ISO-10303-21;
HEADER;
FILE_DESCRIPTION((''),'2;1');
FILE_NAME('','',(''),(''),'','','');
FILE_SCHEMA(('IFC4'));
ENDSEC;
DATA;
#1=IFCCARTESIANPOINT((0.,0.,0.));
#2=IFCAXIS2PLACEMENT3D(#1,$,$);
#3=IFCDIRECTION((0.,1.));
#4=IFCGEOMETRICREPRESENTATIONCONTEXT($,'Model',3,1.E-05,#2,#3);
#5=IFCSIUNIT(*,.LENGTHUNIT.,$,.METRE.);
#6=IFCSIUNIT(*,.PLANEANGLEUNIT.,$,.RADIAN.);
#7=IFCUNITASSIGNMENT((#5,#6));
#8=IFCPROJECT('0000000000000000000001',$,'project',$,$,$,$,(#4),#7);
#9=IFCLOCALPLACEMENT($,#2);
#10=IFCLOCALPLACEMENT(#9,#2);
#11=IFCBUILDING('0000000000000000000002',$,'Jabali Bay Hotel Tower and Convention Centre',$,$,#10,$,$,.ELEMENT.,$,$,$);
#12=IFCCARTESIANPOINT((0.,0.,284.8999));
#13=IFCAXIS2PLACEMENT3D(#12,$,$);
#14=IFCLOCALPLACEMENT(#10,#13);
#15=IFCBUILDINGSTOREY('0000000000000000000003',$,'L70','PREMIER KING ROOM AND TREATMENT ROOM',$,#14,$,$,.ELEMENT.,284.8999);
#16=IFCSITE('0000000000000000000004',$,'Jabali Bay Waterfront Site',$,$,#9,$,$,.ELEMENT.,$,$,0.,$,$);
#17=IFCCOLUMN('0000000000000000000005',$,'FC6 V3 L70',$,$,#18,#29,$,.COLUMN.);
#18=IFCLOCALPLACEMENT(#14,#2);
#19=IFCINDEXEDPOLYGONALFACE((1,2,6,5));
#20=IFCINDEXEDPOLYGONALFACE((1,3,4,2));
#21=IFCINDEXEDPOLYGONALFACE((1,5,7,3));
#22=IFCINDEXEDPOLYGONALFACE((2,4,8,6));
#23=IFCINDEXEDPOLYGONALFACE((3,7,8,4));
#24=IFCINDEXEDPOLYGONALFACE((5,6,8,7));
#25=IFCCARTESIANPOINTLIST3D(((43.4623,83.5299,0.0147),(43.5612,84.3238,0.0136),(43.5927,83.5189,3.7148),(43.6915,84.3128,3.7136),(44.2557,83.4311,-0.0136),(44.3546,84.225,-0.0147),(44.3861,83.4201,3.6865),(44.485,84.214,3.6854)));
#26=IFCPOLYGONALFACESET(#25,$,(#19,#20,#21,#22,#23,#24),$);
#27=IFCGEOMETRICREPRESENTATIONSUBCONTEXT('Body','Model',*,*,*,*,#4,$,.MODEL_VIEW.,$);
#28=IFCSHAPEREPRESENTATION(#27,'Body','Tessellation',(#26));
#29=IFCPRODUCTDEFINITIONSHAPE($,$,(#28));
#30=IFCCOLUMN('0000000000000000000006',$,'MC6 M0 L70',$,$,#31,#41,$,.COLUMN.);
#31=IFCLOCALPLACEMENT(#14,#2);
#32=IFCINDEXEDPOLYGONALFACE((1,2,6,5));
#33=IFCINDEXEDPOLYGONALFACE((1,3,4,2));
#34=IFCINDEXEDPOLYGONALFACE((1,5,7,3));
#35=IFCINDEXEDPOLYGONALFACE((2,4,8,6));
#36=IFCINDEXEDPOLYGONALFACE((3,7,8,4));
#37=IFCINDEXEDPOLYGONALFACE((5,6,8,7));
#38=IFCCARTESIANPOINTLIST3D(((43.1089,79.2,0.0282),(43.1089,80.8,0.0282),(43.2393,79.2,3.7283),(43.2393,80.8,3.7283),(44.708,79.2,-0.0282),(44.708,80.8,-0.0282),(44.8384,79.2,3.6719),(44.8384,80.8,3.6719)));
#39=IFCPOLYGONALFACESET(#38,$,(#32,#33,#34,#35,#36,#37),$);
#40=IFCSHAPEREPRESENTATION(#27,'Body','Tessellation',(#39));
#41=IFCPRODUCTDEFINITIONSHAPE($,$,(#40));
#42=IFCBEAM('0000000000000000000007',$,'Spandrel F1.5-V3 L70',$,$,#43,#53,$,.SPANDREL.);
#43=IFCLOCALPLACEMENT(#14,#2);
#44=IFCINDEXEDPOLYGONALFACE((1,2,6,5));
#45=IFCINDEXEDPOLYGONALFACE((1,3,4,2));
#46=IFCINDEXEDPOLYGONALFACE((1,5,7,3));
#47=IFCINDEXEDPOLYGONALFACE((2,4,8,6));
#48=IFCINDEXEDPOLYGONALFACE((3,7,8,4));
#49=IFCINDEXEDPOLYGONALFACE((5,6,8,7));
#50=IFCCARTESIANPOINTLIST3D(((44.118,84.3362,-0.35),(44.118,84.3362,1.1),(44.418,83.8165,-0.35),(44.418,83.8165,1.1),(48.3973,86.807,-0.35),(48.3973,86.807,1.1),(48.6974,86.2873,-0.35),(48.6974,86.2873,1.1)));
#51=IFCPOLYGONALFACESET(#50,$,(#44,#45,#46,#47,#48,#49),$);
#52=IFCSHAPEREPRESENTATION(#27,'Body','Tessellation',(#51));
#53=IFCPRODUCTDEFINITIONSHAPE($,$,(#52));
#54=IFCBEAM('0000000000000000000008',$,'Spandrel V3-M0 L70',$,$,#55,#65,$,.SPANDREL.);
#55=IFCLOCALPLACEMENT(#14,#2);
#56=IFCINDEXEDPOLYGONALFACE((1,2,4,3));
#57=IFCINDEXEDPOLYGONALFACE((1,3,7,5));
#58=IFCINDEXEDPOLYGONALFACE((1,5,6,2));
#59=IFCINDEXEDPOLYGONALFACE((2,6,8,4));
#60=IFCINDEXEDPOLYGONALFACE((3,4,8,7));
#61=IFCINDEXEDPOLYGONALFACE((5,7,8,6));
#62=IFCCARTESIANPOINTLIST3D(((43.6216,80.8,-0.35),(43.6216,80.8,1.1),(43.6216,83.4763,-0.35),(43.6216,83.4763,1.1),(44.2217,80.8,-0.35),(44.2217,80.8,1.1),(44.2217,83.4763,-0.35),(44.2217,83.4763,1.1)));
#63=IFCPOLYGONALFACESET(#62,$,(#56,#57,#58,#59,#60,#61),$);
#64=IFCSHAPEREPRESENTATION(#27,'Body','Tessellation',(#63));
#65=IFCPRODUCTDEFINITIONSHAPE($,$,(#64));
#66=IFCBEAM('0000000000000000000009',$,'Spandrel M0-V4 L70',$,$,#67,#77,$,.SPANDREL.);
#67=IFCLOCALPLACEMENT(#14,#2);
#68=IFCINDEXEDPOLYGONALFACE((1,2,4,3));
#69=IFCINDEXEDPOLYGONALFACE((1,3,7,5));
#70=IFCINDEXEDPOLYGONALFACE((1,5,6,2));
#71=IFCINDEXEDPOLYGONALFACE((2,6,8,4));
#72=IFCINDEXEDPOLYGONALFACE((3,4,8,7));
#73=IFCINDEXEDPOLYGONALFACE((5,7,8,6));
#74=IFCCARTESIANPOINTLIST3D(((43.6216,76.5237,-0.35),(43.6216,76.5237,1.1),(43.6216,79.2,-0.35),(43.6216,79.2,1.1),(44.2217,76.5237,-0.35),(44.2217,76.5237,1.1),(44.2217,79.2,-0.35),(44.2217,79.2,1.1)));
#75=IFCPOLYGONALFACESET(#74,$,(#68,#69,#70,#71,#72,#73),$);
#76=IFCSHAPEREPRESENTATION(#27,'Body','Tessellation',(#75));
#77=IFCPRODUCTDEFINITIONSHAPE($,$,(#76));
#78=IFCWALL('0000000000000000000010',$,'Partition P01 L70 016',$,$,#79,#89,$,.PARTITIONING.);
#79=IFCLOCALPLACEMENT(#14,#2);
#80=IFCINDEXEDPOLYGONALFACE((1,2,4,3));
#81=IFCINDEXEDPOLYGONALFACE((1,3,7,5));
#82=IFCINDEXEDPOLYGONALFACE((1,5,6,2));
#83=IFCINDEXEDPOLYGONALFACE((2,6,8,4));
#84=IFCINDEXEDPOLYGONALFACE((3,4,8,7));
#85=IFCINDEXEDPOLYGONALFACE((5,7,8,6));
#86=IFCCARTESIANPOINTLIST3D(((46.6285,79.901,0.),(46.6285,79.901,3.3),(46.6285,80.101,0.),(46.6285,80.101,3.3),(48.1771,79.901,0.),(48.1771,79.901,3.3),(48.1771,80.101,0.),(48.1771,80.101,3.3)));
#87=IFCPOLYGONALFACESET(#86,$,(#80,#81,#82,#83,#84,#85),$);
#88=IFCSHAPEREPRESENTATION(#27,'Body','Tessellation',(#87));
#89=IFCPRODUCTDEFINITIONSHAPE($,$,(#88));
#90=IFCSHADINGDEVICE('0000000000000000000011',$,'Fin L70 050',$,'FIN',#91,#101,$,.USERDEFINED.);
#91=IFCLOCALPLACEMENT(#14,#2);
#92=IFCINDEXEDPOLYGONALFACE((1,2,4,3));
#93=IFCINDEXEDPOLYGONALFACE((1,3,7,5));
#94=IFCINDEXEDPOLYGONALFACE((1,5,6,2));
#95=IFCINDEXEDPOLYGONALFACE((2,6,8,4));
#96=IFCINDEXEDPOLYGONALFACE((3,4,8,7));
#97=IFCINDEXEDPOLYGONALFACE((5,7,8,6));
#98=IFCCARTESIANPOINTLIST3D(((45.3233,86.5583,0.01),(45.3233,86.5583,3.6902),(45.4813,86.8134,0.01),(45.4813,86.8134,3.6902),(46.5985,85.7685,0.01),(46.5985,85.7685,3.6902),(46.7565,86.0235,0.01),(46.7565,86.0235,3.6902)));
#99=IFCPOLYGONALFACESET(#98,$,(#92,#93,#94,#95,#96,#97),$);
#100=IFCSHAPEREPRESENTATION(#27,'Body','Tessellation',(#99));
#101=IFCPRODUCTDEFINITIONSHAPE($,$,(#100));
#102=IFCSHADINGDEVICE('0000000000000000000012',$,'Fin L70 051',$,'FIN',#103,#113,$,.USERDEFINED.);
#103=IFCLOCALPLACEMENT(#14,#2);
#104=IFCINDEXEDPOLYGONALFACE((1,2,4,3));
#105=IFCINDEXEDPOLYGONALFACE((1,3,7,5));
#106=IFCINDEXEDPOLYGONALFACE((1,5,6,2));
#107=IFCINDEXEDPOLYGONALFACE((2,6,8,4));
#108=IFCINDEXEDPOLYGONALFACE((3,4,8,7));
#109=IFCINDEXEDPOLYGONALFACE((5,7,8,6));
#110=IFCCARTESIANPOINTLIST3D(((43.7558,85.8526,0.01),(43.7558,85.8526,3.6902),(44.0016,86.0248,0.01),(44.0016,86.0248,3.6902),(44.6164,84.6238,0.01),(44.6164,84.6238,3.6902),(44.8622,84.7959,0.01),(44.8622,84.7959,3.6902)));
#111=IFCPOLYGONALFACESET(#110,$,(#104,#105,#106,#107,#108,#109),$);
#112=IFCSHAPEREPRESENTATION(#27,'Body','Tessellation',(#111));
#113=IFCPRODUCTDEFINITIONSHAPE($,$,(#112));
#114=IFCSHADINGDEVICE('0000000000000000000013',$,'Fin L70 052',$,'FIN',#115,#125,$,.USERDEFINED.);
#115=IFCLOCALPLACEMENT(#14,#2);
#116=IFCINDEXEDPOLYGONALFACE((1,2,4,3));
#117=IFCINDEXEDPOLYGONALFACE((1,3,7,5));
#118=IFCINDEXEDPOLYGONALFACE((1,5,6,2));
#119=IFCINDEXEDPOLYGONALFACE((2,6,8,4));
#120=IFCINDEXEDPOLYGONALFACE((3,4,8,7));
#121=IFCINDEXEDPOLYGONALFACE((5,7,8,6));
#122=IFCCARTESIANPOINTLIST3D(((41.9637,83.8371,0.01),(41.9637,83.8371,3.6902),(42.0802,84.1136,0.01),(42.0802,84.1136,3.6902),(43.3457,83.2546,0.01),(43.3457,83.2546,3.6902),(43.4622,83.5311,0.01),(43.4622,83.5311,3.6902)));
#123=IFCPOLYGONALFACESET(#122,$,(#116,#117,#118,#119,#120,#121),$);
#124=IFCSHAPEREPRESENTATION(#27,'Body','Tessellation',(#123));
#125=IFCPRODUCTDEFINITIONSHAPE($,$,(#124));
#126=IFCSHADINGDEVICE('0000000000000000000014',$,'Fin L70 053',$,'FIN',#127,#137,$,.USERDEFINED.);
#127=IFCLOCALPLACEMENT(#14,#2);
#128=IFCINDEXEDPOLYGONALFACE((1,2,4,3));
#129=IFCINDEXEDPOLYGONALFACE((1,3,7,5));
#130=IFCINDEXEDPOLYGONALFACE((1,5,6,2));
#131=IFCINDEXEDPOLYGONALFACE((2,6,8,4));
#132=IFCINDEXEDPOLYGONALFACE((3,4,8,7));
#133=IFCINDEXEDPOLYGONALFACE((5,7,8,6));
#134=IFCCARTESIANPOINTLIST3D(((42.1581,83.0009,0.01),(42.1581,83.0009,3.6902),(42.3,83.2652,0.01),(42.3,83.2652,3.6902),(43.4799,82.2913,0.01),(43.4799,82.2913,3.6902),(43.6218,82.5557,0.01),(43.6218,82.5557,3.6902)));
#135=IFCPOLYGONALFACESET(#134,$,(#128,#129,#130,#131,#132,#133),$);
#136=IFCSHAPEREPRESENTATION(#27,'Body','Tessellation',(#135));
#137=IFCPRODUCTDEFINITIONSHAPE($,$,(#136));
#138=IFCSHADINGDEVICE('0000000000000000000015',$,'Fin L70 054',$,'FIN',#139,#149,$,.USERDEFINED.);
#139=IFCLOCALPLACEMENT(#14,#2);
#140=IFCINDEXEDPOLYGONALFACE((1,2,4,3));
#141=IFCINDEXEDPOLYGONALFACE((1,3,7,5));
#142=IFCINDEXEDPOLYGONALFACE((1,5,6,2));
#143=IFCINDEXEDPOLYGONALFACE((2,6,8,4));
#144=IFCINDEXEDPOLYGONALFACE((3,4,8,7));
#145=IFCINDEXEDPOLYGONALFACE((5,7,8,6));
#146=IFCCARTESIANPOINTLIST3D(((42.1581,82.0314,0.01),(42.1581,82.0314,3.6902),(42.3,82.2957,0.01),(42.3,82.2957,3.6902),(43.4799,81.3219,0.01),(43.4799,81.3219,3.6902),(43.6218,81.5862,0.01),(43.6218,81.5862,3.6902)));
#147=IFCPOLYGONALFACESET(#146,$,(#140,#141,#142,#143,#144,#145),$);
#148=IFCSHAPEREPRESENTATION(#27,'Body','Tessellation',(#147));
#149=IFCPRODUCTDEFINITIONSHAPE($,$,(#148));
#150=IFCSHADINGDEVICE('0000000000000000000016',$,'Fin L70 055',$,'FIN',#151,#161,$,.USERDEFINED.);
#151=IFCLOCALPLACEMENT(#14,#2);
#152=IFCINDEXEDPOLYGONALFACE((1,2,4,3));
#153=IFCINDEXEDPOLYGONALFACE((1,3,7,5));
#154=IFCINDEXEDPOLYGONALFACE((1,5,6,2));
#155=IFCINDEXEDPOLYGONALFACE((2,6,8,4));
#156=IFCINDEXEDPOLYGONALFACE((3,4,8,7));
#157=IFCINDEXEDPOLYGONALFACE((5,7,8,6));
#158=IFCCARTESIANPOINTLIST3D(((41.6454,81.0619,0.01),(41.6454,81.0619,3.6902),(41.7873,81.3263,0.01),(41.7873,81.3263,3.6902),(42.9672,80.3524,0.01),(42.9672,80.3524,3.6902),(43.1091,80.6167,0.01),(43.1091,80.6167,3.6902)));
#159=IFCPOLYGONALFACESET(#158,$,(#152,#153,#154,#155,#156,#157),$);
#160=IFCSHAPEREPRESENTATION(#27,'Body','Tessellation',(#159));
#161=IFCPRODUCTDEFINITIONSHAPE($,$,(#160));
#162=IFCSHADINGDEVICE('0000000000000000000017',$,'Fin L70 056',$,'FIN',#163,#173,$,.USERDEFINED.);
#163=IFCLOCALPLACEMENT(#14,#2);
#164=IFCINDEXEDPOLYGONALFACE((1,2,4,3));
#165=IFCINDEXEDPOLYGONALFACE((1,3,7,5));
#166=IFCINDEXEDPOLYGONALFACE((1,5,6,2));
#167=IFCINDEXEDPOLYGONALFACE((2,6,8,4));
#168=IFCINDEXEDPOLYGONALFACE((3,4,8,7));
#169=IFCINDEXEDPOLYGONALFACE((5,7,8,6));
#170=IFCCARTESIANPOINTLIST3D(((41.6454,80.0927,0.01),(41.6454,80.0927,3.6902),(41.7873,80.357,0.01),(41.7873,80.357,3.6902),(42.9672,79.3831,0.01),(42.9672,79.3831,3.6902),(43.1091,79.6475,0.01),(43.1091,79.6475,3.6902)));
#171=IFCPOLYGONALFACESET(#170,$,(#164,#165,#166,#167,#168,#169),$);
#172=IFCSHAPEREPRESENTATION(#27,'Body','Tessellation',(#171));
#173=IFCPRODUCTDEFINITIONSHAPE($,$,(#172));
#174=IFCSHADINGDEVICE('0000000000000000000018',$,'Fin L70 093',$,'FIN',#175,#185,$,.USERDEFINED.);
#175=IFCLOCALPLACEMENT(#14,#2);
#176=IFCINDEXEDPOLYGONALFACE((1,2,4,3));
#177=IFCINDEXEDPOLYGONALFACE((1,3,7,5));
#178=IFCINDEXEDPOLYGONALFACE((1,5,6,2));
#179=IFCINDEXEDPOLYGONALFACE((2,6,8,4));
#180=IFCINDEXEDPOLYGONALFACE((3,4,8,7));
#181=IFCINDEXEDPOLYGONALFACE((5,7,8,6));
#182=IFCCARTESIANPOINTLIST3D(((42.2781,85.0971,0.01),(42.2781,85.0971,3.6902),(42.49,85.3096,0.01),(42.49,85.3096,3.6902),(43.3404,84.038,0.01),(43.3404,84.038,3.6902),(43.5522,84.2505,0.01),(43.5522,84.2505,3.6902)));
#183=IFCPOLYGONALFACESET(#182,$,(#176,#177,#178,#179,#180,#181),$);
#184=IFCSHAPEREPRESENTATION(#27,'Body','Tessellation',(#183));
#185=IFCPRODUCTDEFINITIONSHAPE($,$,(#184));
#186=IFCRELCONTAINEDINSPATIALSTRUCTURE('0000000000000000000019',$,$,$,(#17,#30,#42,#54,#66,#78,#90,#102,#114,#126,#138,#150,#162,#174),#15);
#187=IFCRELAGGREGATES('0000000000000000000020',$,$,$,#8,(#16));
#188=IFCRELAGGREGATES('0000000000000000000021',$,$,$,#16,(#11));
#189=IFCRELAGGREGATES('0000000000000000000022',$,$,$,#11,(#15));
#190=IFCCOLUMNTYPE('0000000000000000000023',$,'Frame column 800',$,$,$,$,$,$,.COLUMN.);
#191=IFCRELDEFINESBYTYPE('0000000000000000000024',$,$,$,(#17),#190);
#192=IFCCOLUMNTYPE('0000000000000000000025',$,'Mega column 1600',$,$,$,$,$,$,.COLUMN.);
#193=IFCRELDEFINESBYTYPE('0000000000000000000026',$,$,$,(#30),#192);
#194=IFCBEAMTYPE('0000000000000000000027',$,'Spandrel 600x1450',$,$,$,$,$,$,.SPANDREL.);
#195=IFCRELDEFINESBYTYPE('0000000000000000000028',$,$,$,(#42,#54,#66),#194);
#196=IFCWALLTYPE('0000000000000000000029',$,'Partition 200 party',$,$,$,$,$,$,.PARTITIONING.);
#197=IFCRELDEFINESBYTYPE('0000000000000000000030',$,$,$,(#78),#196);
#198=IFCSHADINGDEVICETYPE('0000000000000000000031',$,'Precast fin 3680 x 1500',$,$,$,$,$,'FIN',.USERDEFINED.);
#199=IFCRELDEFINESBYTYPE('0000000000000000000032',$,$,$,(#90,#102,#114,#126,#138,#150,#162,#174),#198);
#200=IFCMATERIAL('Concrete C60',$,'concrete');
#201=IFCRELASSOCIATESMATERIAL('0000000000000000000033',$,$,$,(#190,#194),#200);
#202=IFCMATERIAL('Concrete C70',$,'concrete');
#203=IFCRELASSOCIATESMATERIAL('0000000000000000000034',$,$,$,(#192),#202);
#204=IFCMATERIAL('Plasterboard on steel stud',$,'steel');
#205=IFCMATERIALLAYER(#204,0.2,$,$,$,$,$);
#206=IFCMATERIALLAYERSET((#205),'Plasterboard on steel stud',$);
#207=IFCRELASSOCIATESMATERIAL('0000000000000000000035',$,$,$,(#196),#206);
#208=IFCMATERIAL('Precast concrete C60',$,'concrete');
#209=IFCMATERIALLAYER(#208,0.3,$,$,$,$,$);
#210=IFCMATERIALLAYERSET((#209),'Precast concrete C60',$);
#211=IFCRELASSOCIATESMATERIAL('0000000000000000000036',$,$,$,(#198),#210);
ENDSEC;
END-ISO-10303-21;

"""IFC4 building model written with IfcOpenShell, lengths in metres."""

from ifc_helpers import new_model, si_unit, direction, frame, frame_2d, origin, origin_2d, place, context, subcontext, project, spatial, rectangle, extrude, material, layer, layer_set, material_profile, profile_set, type_object, element, save


model = new_model("IFC4")

# Units and contexts
model_context = context("Model", 3, precision=1e-05, world=origin(), true_north=direction((0.0, 1.0)))
body_context = subcontext(model_context, "Body", "Model", "MODEL_VIEW")
ifc_project = project(units=[si_unit("LENGTHUNIT", "METRE"), si_unit("PLANEANGLEUNIT", "RADIAN")], contexts=[model_context])

# Site, building, storey
site_placement = place(None, origin())
site = spatial("IfcSite", under=ifc_project, at=site_placement, Name="Jabali Bay Waterfront Site", CompositionType="ELEMENT", RefElevation=0.0)
building_placement = place(site_placement, origin())
building = spatial("IfcBuilding", under=site, at=building_placement, Name="Jabali Bay Hotel Tower and Convention Centre", CompositionType="ELEMENT")
storey_placement = place(building_placement, frame((0.0, 0.0, 284.8999)))
storey = spatial("IfcBuildingStorey", under=building, at=storey_placement, Name="L70", Description="PREMIER KING ROOM AND TREATMENT ROOM", CompositionType="ELEMENT", Elevation=284.8999)

# Columns
ifc_material_1 = material(Name="Concrete C60", Category="concrete")
ifc_material_profile_1 = material_profile(ifc_material_1, rectangle(XDim=0.8, YDim=0.8, at=origin_2d()), Name="Frame column 800")
ifc_profile_set_1 = profile_set([ifc_material_profile_1], Name="Concrete C60")
column_type_1 = type_object("IfcColumnType", Name="Frame column 800", PredefinedType="COLUMN", material=ifc_profile_set_1)
column_1_placement = place(storey_placement, frame((43.9084, 83.8774, 0.0), z_axis=(0.035212, -0.002967, 0.999375), x_axis=(-0.991711, 0.12354, 0.035308)))
element("IfcColumn", 1, at=column_1_placement, inside=storey, type_object=column_type_1, Name="FC6 V3 L70", PredefinedType="COLUMN", context=body_context, shape_type="SweptSolid", body=[
    extrude(rectangle(XDim=0.8, YDim=0.8, at=origin_2d()), origin(), (0.0, 0.0, 1.0), 3.7024),
])
ifc_material_2 = material(Name="Concrete C70", Category="concrete")
ifc_material_profile_2 = material_profile(ifc_material_2, rectangle(XDim=1.6001, YDim=1.6001, at=origin_2d()), Name="Mega column 1600")
ifc_profile_set_2 = profile_set([ifc_material_profile_2], Name="Concrete C70")
column_type_2 = type_object("IfcColumnType", Name="Mega column 1600", PredefinedType="COLUMN", material=ifc_profile_set_2)
column_2_placement = place(storey_placement, frame((43.9084, 80.0, 0.0), z_axis=(0.035212, 0.0, 0.99938), x_axis=(0.0, 1.0, 0.0)))
element("IfcColumn", 2, at=column_2_placement, inside=storey, type_object=column_type_2, Name="MC6 M0 L70", PredefinedType="COLUMN", context=body_context, shape_type="SweptSolid", body=[
    extrude(rectangle(XDim=1.6001, YDim=1.6001, at=origin_2d()), origin(), (0.0, 0.0, 1.0), 3.7024),
])

# Beams
ifc_material_profile_3 = material_profile(ifc_material_1, rectangle(XDim=0.6001, YDim=1.45, at=origin_2d()), Name="Spandrel 600x1450")
ifc_profile_set_3 = profile_set([ifc_material_profile_3], Name="Concrete C60")
beam_type = type_object("IfcBeamType", Name="Spandrel 600x1450", PredefinedType="SPANDREL", material=ifc_profile_set_3)
beam_placement = place(storey_placement, frame((48.5474, 86.5471, 0.375), z_axis=(-0.866021, -0.500008, 0.0), x_axis=(0.500008, -0.866021, 0.0)))
element("IfcBeam", 3, at=beam_placement, inside=storey, type_object=beam_type, Name="Spandrel F1.5-V3 L70", PredefinedType="SPANDREL", context=body_context, shape_type="SweptSolid", body=[
    extrude(rectangle(XDim=0.6001, YDim=1.45, at=origin_2d()), origin(), (0.0, 0.0, 1.0), 4.9414),
])
for number, where, z_axis, x_axis, name in (
    (4, (43.9216, 83.4763, 0.375), (0.0, -1.0, 0.0), (1.0, 0.0, 0.0), "Spandrel V3-M0 L70"),
    (5, (43.9216, 79.2, 0.375), (0.0, -1.0, 0.0), (1.0, 0.0, 0.0), "Spandrel M0-V4 L70"),
):
    element("IfcBeam", number, at=place(storey_placement, frame(where, z_axis=z_axis, x_axis=x_axis)), inside=storey, type_object=beam_type, Name=name, PredefinedType="SPANDREL", context=body_context, shape_type="SweptSolid", body=[
        extrude(rectangle(XDim=0.6001, YDim=1.45, at=origin_2d()), origin(), (0.0, 0.0, 1.0), 2.6763),
    ])

# Wall
ifc_material_3 = material(Name="Plasterboard on steel stud", Category="steel")
ifc_layer_1 = layer(ifc_material_3, 0.2)
ifc_layer_set_1 = layer_set([ifc_layer_1], Name="Plasterboard on steel stud")
wall_type_1 = type_object("IfcWallType", Name="Partition 200 party", PredefinedType="PARTITIONING", material=ifc_layer_set_1)
wall_1_placement = place(storey_placement, frame((46.6284, 80.001, 0.0), z_axis=(0.0, 0.0, 1.0), x_axis=(1.0, 0.0, 0.0)))
element("IfcWall", 6, at=wall_1_placement, inside=storey, type_object=wall_type_1, Name="Partition P01 L70 016", PredefinedType="PARTITIONING", context=body_context, shape_type="SweptSolid", body=[
    extrude(rectangle(XDim=1.5486, YDim=0.2, at=frame_2d((0.7744, 0.0))), origin(), (0.0, 0.0, 1.0), 3.3),
])

# Shading devices
ifc_material_4 = material(Name="Precast concrete C60", Category="concrete")
ifc_layer_2 = layer(ifc_material_4, 0.3)
ifc_layer_set_2 = layer_set([ifc_layer_2], Name="Precast concrete C60")
shading_device_type = type_object("IfcShadingDeviceType", Name="Precast fin 3680 x 1500", ElementType="FIN", PredefinedType="USERDEFINED", material=ifc_layer_set_2)
shading_device_1_placement = place(storey_placement, frame((46.6775, 85.896, 0.01), z_axis=(0.0, 0.0, 1.0), x_axis=(-0.85014, 0.526556, 0.0)))
element("IfcShadingDevice", 7, at=shading_device_1_placement, inside=storey, type_object=shading_device_type, Name="Fin L70 050", ObjectType="FIN", PredefinedType="USERDEFINED", context=body_context, shape_type="SweptSolid", body=[
    extrude(rectangle(XDim=1.5, YDim=0.3, at=frame_2d((0.75, 0.0))), origin(), (0.0, 0.0, 1.0), 3.6802),
])
shading_device_2_placement = place(storey_placement, frame((44.7393, 84.71, 0.01), z_axis=(0.0, 0.0, 1.0), x_axis=(-0.57367, 0.819087, 0.0)))
element("IfcShadingDevice", 8, at=shading_device_2_placement, inside=storey, type_object=shading_device_type, Name="Fin L70 051", ObjectType="FIN", PredefinedType="USERDEFINED", context=body_context, shape_type="SweptSolid", body=[
    extrude(rectangle(XDim=1.5002, YDim=0.3, at=frame_2d((0.75, 0.0))), origin(), (0.0, 0.0, 1.0), 3.6802),
])
shading_device_3_placement = place(storey_placement, frame((43.4041, 83.3928, 0.01), z_axis=(0.0, 0.0, 1.0), x_axis=(-0.921494, 0.388392, 0.0)))
element("IfcShadingDevice", 9, at=shading_device_3_placement, inside=storey, type_object=shading_device_type, Name="Fin L70 052", ObjectType="FIN", PredefinedType="USERDEFINED", context=body_context, shape_type="SweptSolid", body=[
    extrude(rectangle(XDim=1.4998, YDim=0.3, at=frame_2d((0.75, 0.0))), origin(), (0.0, 0.0, 1.0), 3.6802),
])
for number, where, z_axis, x_axis, name in (
    (10, (43.5508, 82.4236, 0.01), (0.0, 0.0, 1.0), (-0.881097, 0.472935, 0.0), "Fin L70 053"),
    (11, (43.5508, 81.4541, 0.01), (0.0, 0.0, 1.0), (-0.881097, 0.472935, 0.0), "Fin L70 054"),
    (12, (43.0381, 80.4846, 0.01), (0.0, 0.0, 1.0), (-0.881097, 0.472935, 0.0), "Fin L70 055"),
    (13, (43.0381, 79.5154, 0.01), (0.0, 0.0, 1.0), (-0.881097, 0.472935, 0.0), "Fin L70 056"),
):
    element("IfcShadingDevice", number, at=place(storey_placement, frame(where, z_axis=z_axis, x_axis=x_axis)), inside=storey, type_object=shading_device_type, Name=name, ObjectType="FIN", PredefinedType="USERDEFINED", context=body_context, shape_type="SweptSolid", body=[
        extrude(rectangle(XDim=1.5002, YDim=0.3, at=frame_2d((0.75, 0.0))), origin(), (0.0, 0.0, 1.0), 3.6802),
    ])
shading_device_4_placement = place(storey_placement, frame((43.4463, 84.1443, 0.01), z_axis=(0.0, 0.0, 1.0), x_axis=(-0.708164, 0.706048, 0.0)))
element("IfcShadingDevice", 14, at=shading_device_4_placement, inside=storey, type_object=shading_device_type, Name="Fin L70 093", ObjectType="FIN", PredefinedType="USERDEFINED", context=body_context, shape_type="SweptSolid", body=[
    extrude(rectangle(XDim=1.5, YDim=0.3, at=frame_2d((0.75, 0.0))), origin(), (0.0, 0.0, 1.0), 3.6802),
])

save(model, "model.ifc")
